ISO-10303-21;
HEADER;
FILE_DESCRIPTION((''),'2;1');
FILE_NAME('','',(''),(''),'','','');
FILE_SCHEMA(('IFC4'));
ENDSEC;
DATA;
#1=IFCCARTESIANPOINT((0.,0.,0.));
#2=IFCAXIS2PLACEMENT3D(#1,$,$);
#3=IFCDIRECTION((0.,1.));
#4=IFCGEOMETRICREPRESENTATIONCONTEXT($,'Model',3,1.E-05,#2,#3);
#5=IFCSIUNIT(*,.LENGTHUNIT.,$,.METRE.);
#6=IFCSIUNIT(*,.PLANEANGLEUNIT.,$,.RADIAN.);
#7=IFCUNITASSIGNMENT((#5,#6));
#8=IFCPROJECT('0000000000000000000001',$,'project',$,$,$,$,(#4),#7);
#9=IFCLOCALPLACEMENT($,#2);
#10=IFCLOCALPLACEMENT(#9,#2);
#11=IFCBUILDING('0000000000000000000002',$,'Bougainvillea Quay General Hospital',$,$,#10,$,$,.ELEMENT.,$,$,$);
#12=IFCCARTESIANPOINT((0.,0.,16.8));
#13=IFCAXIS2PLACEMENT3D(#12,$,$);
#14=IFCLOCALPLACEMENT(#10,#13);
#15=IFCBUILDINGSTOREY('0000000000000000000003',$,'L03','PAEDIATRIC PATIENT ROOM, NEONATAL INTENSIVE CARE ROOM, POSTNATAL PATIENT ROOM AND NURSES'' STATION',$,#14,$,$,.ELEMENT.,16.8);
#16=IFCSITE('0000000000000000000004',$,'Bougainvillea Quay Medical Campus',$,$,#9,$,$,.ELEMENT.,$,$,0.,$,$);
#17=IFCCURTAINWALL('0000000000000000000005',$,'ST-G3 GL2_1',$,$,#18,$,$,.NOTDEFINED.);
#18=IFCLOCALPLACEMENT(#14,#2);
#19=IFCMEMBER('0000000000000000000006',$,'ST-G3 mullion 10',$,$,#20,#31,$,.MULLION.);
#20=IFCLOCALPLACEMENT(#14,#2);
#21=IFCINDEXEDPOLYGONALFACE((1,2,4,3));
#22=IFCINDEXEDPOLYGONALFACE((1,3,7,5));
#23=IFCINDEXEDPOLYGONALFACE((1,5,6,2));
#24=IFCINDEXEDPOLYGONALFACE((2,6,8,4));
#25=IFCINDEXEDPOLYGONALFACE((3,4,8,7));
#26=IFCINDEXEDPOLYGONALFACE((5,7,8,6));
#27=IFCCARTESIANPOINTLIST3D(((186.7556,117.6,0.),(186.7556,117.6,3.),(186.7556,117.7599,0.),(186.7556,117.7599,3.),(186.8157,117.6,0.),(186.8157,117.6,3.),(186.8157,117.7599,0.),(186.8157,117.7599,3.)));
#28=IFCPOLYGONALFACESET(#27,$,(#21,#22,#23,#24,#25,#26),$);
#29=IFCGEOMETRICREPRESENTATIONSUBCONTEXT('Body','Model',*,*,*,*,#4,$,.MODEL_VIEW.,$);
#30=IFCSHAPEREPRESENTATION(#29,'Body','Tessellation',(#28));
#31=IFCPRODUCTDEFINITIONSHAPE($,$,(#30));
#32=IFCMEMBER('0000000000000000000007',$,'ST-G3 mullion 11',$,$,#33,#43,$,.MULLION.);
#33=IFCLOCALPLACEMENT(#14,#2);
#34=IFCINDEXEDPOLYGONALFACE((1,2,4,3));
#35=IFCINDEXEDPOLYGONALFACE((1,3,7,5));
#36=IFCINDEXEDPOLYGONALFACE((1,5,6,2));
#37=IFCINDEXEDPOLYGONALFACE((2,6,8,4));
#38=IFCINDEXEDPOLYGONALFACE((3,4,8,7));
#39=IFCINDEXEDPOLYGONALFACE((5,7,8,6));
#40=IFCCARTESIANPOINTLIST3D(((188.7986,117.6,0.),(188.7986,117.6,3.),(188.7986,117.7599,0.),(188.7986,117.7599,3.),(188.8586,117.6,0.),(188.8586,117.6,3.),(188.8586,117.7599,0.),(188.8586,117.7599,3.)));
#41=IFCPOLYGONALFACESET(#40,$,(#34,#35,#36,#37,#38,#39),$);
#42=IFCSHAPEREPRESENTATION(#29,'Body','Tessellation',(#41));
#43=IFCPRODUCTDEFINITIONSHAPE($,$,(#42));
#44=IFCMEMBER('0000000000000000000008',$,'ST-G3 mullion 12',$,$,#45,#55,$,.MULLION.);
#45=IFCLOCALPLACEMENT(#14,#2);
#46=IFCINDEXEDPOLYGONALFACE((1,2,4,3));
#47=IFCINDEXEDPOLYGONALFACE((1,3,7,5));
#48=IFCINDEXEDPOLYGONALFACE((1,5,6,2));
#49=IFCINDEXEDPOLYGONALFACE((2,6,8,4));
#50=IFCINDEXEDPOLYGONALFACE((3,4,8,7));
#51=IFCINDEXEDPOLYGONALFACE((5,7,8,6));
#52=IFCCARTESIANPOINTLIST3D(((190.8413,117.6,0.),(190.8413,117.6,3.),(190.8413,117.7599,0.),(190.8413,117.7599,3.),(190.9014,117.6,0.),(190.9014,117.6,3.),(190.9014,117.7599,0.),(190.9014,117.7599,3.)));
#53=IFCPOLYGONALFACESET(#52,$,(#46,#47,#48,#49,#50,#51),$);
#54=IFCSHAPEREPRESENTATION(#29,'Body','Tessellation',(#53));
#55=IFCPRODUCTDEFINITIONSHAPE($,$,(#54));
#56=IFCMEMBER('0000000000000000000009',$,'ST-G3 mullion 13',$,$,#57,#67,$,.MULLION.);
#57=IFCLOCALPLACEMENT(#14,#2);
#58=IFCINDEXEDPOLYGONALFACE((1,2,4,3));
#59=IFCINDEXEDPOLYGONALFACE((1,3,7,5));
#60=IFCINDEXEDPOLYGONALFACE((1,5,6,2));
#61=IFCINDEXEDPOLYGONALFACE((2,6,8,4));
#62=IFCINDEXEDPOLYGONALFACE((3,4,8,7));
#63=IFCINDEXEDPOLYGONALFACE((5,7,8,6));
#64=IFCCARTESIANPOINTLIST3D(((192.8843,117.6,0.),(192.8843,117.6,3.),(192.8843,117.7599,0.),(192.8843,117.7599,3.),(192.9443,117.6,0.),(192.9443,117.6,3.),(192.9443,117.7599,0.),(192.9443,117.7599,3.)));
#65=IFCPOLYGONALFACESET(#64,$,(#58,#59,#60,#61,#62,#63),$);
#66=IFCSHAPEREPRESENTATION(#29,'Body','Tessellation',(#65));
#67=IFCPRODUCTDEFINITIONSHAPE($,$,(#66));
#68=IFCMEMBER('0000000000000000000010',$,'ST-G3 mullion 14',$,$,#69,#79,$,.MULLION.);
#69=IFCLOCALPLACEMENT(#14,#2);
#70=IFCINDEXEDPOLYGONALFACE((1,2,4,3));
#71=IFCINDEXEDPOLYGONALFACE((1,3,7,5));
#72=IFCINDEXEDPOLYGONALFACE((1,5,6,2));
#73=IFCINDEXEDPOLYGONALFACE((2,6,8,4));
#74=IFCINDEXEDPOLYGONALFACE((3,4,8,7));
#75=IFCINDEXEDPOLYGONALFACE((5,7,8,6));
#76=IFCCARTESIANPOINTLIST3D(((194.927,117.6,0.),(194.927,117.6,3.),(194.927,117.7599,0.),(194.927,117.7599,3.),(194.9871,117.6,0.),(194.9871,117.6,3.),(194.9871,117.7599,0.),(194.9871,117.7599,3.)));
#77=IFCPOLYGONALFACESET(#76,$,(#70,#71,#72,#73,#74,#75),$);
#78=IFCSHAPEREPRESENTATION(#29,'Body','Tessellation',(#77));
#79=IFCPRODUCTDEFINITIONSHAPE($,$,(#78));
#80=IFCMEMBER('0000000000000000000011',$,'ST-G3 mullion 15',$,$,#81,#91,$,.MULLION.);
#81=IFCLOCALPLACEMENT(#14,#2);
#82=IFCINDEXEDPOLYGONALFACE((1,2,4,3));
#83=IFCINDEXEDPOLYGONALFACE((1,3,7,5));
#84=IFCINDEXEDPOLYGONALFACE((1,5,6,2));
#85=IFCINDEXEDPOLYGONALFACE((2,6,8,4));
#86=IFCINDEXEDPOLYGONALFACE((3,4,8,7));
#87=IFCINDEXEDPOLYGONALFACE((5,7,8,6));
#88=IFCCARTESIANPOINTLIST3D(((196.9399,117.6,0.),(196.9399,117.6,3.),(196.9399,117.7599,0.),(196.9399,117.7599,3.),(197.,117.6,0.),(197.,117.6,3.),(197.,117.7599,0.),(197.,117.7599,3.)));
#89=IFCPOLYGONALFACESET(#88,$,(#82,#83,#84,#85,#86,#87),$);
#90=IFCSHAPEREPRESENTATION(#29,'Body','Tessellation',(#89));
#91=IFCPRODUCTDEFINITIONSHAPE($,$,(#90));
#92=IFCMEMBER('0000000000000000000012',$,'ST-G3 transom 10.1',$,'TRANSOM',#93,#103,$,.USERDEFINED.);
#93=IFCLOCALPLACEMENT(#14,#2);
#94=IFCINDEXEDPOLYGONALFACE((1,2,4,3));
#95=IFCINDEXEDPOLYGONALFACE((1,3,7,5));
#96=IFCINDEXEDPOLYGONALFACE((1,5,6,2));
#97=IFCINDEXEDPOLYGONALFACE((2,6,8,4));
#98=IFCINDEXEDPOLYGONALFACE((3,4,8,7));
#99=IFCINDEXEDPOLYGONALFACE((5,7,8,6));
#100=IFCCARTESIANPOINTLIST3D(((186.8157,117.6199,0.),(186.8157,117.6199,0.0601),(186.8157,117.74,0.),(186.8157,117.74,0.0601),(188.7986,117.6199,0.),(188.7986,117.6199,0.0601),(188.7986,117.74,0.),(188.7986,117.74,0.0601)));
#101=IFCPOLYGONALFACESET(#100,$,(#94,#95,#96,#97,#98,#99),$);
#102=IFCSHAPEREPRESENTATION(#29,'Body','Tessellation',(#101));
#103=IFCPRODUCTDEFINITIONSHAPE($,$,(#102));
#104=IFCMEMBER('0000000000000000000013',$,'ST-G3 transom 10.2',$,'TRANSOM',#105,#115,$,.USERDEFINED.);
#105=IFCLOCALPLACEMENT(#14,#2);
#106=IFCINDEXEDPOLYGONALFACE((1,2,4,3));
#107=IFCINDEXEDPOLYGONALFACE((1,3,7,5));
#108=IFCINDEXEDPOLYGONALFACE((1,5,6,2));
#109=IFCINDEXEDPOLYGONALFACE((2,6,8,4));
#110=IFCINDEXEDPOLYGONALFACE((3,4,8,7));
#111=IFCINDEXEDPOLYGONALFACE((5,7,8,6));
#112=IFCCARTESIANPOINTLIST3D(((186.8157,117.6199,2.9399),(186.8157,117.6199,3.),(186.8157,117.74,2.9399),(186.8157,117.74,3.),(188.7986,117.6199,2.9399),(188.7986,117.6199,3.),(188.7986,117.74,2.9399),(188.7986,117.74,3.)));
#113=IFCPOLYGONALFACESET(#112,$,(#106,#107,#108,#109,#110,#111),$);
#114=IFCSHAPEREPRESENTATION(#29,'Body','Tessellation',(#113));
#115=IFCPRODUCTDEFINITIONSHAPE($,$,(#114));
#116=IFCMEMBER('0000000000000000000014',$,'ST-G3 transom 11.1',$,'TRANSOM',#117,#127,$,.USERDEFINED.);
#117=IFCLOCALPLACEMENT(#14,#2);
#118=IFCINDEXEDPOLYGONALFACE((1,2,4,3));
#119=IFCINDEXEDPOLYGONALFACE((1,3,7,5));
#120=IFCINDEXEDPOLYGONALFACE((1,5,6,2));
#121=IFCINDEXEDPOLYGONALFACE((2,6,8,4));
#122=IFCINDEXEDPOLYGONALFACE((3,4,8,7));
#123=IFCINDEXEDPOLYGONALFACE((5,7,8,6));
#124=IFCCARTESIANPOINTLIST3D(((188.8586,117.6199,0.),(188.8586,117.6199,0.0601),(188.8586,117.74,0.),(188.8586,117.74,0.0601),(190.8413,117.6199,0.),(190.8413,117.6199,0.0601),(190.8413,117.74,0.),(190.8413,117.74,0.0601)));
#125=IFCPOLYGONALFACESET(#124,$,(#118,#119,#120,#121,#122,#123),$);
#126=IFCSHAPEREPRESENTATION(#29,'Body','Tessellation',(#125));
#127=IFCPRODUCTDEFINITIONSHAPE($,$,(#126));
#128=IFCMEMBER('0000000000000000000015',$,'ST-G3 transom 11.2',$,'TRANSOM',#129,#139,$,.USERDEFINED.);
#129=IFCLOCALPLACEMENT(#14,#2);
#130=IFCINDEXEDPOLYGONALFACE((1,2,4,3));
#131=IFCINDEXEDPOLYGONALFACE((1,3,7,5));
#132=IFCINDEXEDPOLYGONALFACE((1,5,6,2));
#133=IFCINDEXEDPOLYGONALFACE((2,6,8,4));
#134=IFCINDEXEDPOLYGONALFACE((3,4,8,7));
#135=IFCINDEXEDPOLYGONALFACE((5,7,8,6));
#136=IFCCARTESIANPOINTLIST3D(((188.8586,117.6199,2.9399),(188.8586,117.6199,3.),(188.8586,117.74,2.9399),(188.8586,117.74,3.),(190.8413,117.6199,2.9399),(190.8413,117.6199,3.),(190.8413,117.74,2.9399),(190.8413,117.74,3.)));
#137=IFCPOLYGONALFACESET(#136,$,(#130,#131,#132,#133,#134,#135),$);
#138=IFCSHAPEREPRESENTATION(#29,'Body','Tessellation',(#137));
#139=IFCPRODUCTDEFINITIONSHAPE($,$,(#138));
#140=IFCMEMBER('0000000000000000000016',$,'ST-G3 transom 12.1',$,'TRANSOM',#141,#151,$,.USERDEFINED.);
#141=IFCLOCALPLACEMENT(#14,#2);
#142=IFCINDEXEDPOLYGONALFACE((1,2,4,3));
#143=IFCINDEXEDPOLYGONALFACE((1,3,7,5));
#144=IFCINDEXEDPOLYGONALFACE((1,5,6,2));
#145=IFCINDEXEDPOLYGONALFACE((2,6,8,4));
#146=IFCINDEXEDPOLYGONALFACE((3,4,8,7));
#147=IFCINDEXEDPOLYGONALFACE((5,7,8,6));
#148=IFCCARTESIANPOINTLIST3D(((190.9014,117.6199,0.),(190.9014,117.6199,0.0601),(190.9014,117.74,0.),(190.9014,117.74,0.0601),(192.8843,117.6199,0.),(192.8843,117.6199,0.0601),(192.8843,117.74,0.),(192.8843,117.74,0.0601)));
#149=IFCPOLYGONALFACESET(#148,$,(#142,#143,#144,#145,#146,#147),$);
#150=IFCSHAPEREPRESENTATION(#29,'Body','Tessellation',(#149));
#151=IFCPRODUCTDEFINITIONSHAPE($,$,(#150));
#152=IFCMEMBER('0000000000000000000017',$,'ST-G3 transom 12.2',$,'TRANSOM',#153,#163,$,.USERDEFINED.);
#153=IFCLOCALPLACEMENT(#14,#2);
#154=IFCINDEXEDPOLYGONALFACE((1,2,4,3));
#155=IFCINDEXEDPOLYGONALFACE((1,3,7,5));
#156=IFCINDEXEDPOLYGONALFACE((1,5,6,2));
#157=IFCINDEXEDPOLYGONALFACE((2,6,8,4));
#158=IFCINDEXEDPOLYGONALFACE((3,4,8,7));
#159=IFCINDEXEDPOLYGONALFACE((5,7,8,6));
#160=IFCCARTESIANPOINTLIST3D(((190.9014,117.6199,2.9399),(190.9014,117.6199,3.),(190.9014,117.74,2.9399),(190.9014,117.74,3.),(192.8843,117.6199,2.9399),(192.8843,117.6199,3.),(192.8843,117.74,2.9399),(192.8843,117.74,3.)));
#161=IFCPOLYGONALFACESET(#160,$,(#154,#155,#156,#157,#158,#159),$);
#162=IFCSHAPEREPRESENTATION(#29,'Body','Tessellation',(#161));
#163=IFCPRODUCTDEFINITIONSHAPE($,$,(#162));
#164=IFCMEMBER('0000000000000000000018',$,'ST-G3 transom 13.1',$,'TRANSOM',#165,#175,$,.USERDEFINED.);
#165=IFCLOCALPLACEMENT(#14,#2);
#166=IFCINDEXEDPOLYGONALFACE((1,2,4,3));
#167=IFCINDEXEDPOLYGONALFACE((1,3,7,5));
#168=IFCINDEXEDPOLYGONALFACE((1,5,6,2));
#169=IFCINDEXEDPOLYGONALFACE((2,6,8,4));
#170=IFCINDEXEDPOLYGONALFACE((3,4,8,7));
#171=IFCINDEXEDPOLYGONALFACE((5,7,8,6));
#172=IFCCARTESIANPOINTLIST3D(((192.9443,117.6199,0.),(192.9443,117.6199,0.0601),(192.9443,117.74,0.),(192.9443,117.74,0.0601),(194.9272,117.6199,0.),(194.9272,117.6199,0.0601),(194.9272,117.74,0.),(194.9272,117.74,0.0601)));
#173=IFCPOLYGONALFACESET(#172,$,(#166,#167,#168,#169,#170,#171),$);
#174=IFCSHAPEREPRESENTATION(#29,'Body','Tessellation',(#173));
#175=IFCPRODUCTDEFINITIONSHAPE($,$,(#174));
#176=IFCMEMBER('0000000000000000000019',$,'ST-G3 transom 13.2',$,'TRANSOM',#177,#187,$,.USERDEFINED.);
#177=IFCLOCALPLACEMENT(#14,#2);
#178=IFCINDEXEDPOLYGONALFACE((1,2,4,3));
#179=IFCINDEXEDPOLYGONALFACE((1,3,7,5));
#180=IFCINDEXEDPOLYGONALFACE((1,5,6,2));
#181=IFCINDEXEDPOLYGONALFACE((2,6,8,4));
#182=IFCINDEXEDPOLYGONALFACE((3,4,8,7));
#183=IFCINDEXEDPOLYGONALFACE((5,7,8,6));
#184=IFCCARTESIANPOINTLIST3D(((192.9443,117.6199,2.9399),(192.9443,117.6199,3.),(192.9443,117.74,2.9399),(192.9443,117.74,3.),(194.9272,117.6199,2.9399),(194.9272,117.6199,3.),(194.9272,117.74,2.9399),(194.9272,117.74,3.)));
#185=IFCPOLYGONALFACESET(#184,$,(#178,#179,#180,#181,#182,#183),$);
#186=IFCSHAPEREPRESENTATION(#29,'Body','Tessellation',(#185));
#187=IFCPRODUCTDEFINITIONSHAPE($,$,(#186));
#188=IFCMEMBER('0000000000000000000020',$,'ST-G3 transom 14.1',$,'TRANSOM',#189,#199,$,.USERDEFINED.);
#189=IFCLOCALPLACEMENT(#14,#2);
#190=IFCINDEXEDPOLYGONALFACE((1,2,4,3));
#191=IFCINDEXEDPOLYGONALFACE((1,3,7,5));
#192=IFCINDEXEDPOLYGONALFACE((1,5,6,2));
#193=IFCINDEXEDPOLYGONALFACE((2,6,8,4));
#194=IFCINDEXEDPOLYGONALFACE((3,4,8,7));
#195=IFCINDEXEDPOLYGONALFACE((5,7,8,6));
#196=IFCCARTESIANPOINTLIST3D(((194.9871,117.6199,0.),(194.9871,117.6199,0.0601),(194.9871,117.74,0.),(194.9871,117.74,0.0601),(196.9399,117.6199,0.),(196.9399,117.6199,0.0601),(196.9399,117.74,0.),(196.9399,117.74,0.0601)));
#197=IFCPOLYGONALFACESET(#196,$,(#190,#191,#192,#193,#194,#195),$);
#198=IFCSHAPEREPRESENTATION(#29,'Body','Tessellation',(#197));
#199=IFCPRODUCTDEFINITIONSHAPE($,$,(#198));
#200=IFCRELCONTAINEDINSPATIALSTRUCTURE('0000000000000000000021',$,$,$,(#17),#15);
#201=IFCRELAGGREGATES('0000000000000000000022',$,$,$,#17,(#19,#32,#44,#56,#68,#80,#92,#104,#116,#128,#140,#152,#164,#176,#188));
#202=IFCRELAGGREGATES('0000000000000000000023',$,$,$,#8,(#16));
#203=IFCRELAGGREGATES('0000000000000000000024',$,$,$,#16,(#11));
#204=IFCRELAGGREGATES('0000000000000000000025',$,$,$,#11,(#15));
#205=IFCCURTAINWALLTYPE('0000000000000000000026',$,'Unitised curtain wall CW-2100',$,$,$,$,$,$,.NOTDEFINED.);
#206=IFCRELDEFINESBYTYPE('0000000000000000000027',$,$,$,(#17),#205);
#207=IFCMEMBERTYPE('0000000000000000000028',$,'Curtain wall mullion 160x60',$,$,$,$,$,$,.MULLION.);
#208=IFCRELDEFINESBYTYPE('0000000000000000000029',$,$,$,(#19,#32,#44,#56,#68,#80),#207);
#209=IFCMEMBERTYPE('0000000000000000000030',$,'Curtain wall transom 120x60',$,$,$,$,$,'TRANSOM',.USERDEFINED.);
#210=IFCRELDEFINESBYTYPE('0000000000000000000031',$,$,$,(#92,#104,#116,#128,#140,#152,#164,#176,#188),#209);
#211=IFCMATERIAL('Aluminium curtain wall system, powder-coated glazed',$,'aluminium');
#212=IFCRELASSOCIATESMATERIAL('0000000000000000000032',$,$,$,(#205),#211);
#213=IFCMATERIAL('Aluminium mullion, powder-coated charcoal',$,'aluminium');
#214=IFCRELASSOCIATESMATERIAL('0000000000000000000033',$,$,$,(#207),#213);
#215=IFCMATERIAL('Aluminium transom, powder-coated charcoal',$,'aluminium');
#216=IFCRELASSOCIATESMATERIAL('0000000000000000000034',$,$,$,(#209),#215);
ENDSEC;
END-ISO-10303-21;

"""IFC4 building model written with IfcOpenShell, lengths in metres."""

from ifc_helpers import new_model, si_unit, direction, frame, origin, origin_2d, place, context, subcontext, project, spatial, rectangle, extrude, material, material_profile, profile_set, type_object, element, aggregate, save


model = new_model("IFC4")

# Units and contexts
model_context = context("Model", 3, precision=1e-05, world=origin(), true_north=direction((0.0, 1.0)))
body_context = subcontext(model_context, "Body", "Model", "MODEL_VIEW")
ifc_project = project(units=[si_unit("LENGTHUNIT", "METRE"), si_unit("PLANEANGLEUNIT", "RADIAN")], contexts=[model_context])

# Site, building, storey
site_placement = place(None, origin())
site = spatial("IfcSite", under=ifc_project, at=site_placement, Name="Bougainvillea Quay Medical Campus", CompositionType="ELEMENT", RefElevation=0.0)
building_placement = place(site_placement, origin())
building = spatial("IfcBuilding", under=site, at=building_placement, Name="Bougainvillea Quay General Hospital", CompositionType="ELEMENT")
storey_placement = place(building_placement, frame((0.0, 0.0, 16.8)))
storey = spatial("IfcBuildingStorey", under=building, at=storey_placement, Name="L03", Description="PAEDIATRIC PATIENT ROOM, NEONATAL INTENSIVE CARE ROOM, POSTNATAL PATIENT ROOM AND NURSES' STATION", CompositionType="ELEMENT", Elevation=16.8)

# Curtain wall, members
ifc_material_1 = material(Name="Aluminium curtain wall system, powder-coated glazed", Category="aluminium")
curtain_wall_type = type_object("IfcCurtainWallType", Name="Unitised curtain wall CW-2100", PredefinedType="NOTDEFINED", material=ifc_material_1)
curtain_wall_placement = place(storey_placement, origin())
curtain_wall = element("IfcCurtainWall", 1, at=curtain_wall_placement, inside=storey, type_object=curtain_wall_type, Name="ST-G3 GL2_1", PredefinedType="NOTDEFINED")
ifc_material_2 = material(Name="Aluminium mullion, powder-coated charcoal", Category="aluminium")
ifc_material_profile_1 = material_profile(ifc_material_2, rectangle(XDim=0.1599, YDim=0.0601, at=origin_2d()))
ifc_profile_set_1 = profile_set([ifc_material_profile_1], Name="Aluminium mullion, powder-coated charcoal")
member_type_1 = type_object("IfcMemberType", Name="Curtain wall mullion 160x60", PredefinedType="MULLION", material=ifc_profile_set_1)
member_1_placement = place(storey_placement, frame((186.7856, 117.6799, 0.0), z_axis=(0.0, 0.0, 1.0), x_axis=(0.0, 1.0, 0.0)))
member_1 = element("IfcMember", 2, at=member_1_placement, type_object=member_type_1, Name="ST-G3 mullion 10", PredefinedType="MULLION", context=body_context, shape_type="SweptSolid", body=[
    extrude(rectangle(XDim=0.1599, YDim=0.0601, at=origin_2d()), origin(), (0.0, 0.0, 1.0), 3.0),
])
member_2_placement = place(storey_placement, frame((188.8286, 117.6799, 0.0), z_axis=(0.0, 0.0, 1.0), x_axis=(0.0, 1.0, 0.0)))
member_2 = element("IfcMember", 3, at=member_2_placement, type_object=member_type_1, Name="ST-G3 mullion 11", PredefinedType="MULLION", context=body_context, shape_type="SweptSolid", body=[
    extrude(rectangle(XDim=0.1599, YDim=0.0601, at=origin_2d()), origin(), (0.0, 0.0, 1.0), 3.0),
])
member_3_placement = place(storey_placement, frame((190.8713, 117.6799, 0.0), z_axis=(0.0, 0.0, 1.0), x_axis=(0.0, 1.0, 0.0)))
member_3 = element("IfcMember", 4, at=member_3_placement, type_object=member_type_1, Name="ST-G3 mullion 12", PredefinedType="MULLION", context=body_context, shape_type="SweptSolid", body=[
    extrude(rectangle(XDim=0.1599, YDim=0.0601, at=origin_2d()), origin(), (0.0, 0.0, 1.0), 3.0),
])
member_4_placement = place(storey_placement, frame((192.9143, 117.6799, 0.0), z_axis=(0.0, 0.0, 1.0), x_axis=(0.0, 1.0, 0.0)))
member_4 = element("IfcMember", 5, at=member_4_placement, type_object=member_type_1, Name="ST-G3 mullion 13", PredefinedType="MULLION", context=body_context, shape_type="SweptSolid", body=[
    extrude(rectangle(XDim=0.1599, YDim=0.0601, at=origin_2d()), origin(), (0.0, 0.0, 1.0), 3.0),
])
member_5_placement = place(storey_placement, frame((194.957, 117.6799, 0.0), z_axis=(0.0, 0.0, 1.0), x_axis=(0.0, 1.0, 0.0)))
member_5 = element("IfcMember", 6, at=member_5_placement, type_object=member_type_1, Name="ST-G3 mullion 14", PredefinedType="MULLION", context=body_context, shape_type="SweptSolid", body=[
    extrude(rectangle(XDim=0.1599, YDim=0.0601, at=origin_2d()), origin(), (0.0, 0.0, 1.0), 3.0),
])
member_6_placement = place(storey_placement, frame((196.97, 117.6799, 0.0), z_axis=(0.0, 0.0, 1.0), x_axis=(0.0, 1.0, 0.0)))
member_6 = element("IfcMember", 7, at=member_6_placement, type_object=member_type_1, Name="ST-G3 mullion 15", PredefinedType="MULLION", context=body_context, shape_type="SweptSolid", body=[
    extrude(rectangle(XDim=0.1599, YDim=0.0601, at=origin_2d()), origin(), (0.0, 0.0, 1.0), 3.0),
])
ifc_material_3 = material(Name="Aluminium transom, powder-coated charcoal", Category="aluminium")
ifc_material_profile_2 = material_profile(ifc_material_3, rectangle(XDim=0.1201, YDim=0.0601, at=origin_2d()))
ifc_profile_set_2 = profile_set([ifc_material_profile_2], Name="Aluminium transom, powder-coated charcoal")
member_type_2 = type_object("IfcMemberType", Name="Curtain wall transom 120x60", ElementType="TRANSOM", PredefinedType="USERDEFINED", material=ifc_profile_set_2)
member_7_placement = place(storey_placement, frame((186.8157, 117.6799, 0.03), z_axis=(1.0, 0.0, 0.0), x_axis=(0.0, 1.0, 0.0)))
member_7 = element("IfcMember", 8, at=member_7_placement, type_object=member_type_2, Name="ST-G3 transom 10.1", ObjectType="TRANSOM", PredefinedType="USERDEFINED", context=body_context, shape_type="SweptSolid", body=[
    extrude(rectangle(XDim=0.1201, YDim=0.0601, at=origin_2d()), origin(), (0.0, 0.0, 1.0), 1.9829),
])
member_8_placement = place(storey_placement, frame((186.8157, 117.6799, 2.97), z_axis=(1.0, 0.0, 0.0), x_axis=(0.0, 1.0, 0.0)))
member_8 = element("IfcMember", 9, at=member_8_placement, type_object=member_type_2, Name="ST-G3 transom 10.2", ObjectType="TRANSOM", PredefinedType="USERDEFINED", context=body_context, shape_type="SweptSolid", body=[
    extrude(rectangle(XDim=0.1201, YDim=0.0601, at=origin_2d()), origin(), (0.0, 0.0, 1.0), 1.9829),
])
member_9_placement = place(storey_placement, frame((188.8586, 117.6799, 0.03), z_axis=(1.0, 0.0, 0.0), x_axis=(0.0, 1.0, 0.0)))
member_9 = element("IfcMember", 10, at=member_9_placement, type_object=member_type_2, Name="ST-G3 transom 11.1", ObjectType="TRANSOM", PredefinedType="USERDEFINED", context=body_context, shape_type="SweptSolid", body=[
    extrude(rectangle(XDim=0.1201, YDim=0.0601, at=origin_2d()), origin(), (0.0, 0.0, 1.0), 1.9827),
])
member_10_placement = place(storey_placement, frame((188.8586, 117.6799, 2.97), z_axis=(1.0, 0.0, 0.0), x_axis=(0.0, 1.0, 0.0)))
member_10 = element("IfcMember", 11, at=member_10_placement, type_object=member_type_2, Name="ST-G3 transom 11.2", ObjectType="TRANSOM", PredefinedType="USERDEFINED", context=body_context, shape_type="SweptSolid", body=[
    extrude(rectangle(XDim=0.1201, YDim=0.0601, at=origin_2d()), origin(), (0.0, 0.0, 1.0), 1.9827),
])
member_11_placement = place(storey_placement, frame((190.9014, 117.6799, 0.03), z_axis=(1.0, 0.0, 0.0), x_axis=(0.0, 1.0, 0.0)))
member_11 = element("IfcMember", 12, at=member_11_placement, type_object=member_type_2, Name="ST-G3 transom 12.1", ObjectType="TRANSOM", PredefinedType="USERDEFINED", context=body_context, shape_type="SweptSolid", body=[
    extrude(rectangle(XDim=0.1201, YDim=0.0601, at=origin_2d()), origin(), (0.0, 0.0, 1.0), 1.9829),
])
member_12_placement = place(storey_placement, frame((190.9014, 117.6799, 2.97), z_axis=(1.0, 0.0, 0.0), x_axis=(0.0, 1.0, 0.0)))
member_12 = element("IfcMember", 13, at=member_12_placement, type_object=member_type_2, Name="ST-G3 transom 12.2", ObjectType="TRANSOM", PredefinedType="USERDEFINED", context=body_context, shape_type="SweptSolid", body=[
    extrude(rectangle(XDim=0.1201, YDim=0.0601, at=origin_2d()), origin(), (0.0, 0.0, 1.0), 1.9829),
])
member_13_placement = place(storey_placement, frame((192.9443, 117.6799, 0.03), z_axis=(1.0, 0.0, 0.0), x_axis=(0.0, 1.0, 0.0)))
member_13 = element("IfcMember", 14, at=member_13_placement, type_object=member_type_2, Name="ST-G3 transom 13.1", ObjectType="TRANSOM", PredefinedType="USERDEFINED", context=body_context, shape_type="SweptSolid", body=[
    extrude(rectangle(XDim=0.1201, YDim=0.0601, at=origin_2d()), origin(), (0.0, 0.0, 1.0), 1.9829),
])
member_14_placement = place(storey_placement, frame((192.9443, 117.6799, 2.97), z_axis=(1.0, 0.0, 0.0), x_axis=(0.0, 1.0, 0.0)))
member_14 = element("IfcMember", 15, at=member_14_placement, type_object=member_type_2, Name="ST-G3 transom 13.2", ObjectType="TRANSOM", PredefinedType="USERDEFINED", context=body_context, shape_type="SweptSolid", body=[
    extrude(rectangle(XDim=0.1201, YDim=0.0601, at=origin_2d()), origin(), (0.0, 0.0, 1.0), 1.9829),
])
member_15_placement = place(storey_placement, frame((194.9871, 117.6799, 0.03), z_axis=(1.0, 0.0, 0.0), x_axis=(0.0, 1.0, 0.0)))
member_15 = element("IfcMember", 16, at=member_15_placement, type_object=member_type_2, Name="ST-G3 transom 14.1", ObjectType="TRANSOM", PredefinedType="USERDEFINED", context=body_context, shape_type="SweptSolid", body=[
    extrude(rectangle(XDim=0.1201, YDim=0.0601, at=origin_2d()), origin(), (0.0, 0.0, 1.0), 1.9529),
])
aggregate(curtain_wall, [member_1, member_2, member_3, member_4, member_5, member_6, member_7, member_8, member_9, member_10, member_11, member_12, member_13, member_14, member_15])

save(model, "model.ifc")
